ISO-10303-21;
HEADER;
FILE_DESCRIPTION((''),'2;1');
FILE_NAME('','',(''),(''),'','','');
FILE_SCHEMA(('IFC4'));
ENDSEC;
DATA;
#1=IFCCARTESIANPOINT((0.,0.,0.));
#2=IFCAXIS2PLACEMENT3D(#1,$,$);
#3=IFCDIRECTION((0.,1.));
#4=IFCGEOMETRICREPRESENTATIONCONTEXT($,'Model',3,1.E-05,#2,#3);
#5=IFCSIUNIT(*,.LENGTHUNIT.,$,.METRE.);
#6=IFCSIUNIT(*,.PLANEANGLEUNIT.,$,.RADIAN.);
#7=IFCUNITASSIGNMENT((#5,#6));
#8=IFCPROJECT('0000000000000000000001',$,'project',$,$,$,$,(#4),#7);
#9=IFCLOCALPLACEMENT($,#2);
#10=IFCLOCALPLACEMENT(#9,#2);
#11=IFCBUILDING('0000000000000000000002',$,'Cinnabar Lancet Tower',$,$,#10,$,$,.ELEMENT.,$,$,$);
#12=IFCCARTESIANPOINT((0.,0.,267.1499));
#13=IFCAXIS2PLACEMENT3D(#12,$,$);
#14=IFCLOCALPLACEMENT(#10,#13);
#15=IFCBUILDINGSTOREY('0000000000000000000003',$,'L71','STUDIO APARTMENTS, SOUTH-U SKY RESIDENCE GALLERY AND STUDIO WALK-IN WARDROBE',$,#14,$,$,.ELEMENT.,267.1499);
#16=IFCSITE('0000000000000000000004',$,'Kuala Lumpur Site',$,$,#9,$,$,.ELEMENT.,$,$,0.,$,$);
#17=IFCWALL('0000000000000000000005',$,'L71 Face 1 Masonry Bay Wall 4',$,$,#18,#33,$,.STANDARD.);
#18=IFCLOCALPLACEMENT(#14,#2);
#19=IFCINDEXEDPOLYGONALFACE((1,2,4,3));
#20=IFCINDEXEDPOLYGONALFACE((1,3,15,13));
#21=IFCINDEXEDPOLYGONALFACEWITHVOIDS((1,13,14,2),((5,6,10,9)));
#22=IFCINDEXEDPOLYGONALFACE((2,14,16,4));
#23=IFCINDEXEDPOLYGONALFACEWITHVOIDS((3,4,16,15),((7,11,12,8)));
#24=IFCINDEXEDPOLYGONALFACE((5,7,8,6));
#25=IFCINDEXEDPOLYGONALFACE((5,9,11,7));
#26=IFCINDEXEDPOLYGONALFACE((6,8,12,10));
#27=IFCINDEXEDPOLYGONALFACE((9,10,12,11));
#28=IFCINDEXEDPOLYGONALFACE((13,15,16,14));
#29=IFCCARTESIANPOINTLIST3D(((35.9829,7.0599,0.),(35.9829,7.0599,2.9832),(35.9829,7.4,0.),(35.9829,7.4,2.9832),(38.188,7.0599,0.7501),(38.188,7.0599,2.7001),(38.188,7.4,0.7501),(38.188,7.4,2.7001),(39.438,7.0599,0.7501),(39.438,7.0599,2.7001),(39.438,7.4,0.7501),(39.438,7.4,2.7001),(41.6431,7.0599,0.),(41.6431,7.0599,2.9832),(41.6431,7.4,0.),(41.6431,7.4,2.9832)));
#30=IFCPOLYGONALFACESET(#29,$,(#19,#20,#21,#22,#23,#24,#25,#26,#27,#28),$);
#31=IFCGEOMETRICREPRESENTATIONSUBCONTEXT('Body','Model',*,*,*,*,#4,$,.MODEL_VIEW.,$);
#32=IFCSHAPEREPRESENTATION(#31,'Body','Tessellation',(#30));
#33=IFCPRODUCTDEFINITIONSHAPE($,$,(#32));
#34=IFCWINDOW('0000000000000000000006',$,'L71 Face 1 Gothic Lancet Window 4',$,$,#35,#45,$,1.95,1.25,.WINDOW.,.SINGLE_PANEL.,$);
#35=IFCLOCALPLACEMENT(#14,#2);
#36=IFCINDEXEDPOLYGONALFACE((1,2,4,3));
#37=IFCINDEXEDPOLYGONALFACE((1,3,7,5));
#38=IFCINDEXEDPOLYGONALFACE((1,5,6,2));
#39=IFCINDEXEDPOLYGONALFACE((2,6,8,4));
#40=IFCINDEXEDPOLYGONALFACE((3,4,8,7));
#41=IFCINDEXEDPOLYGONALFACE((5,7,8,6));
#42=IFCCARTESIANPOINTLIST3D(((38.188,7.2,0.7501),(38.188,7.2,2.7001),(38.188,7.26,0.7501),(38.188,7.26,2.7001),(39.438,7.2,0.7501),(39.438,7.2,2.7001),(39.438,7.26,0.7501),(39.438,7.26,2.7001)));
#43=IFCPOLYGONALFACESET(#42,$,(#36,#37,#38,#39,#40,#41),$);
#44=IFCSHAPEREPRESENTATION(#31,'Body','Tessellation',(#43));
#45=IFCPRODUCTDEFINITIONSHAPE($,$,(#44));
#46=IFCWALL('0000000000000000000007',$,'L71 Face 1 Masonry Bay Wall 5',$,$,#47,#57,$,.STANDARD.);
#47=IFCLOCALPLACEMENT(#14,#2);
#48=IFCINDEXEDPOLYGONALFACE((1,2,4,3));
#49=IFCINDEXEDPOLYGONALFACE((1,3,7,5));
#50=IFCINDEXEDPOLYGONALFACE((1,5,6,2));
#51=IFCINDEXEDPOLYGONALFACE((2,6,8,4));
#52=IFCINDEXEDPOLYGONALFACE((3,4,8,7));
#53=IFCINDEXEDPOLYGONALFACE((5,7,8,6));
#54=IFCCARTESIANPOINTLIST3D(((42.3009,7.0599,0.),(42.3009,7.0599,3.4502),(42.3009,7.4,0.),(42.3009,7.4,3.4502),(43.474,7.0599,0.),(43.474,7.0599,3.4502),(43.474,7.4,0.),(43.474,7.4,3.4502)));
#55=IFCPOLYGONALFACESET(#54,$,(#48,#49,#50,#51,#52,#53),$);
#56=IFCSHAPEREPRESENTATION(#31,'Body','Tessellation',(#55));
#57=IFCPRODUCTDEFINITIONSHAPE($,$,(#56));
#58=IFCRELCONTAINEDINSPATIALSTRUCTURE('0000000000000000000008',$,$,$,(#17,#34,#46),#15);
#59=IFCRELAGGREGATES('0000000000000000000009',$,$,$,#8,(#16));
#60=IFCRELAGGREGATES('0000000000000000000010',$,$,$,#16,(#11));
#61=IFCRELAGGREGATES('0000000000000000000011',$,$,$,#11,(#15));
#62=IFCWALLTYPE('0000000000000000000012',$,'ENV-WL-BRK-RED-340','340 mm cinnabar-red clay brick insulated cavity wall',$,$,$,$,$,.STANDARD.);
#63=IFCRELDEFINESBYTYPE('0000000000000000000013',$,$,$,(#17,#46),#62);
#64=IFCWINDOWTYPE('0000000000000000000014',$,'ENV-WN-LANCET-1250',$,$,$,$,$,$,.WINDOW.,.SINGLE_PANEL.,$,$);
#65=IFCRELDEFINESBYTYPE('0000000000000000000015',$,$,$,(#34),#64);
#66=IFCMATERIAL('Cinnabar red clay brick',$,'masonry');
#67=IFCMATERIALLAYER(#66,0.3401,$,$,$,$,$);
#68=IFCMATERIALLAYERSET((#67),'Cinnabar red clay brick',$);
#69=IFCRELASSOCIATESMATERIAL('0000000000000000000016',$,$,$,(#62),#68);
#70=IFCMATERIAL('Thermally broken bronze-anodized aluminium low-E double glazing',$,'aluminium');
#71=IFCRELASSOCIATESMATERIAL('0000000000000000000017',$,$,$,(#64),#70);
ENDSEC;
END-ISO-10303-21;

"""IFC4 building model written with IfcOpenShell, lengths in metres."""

from ifc_helpers import new_model, si_unit, direction, frame, frame_2d, origin, place, context, subcontext, project, spatial, rectangle, extrude, material, layer, layer_set, type_object, element, fill, save


model = new_model("IFC4")

# Units and contexts
model_context = context("Model", 3, precision=1e-05, world=origin(), true_north=direction((0.0, 1.0)))
body_context = subcontext(model_context, "Body", "Model", "MODEL_VIEW")
ifc_project = project(units=[si_unit("LENGTHUNIT", "METRE"), si_unit("PLANEANGLEUNIT", "RADIAN")], contexts=[model_context])

# Site, building, storey
site_placement = place(None, origin())
site = spatial("IfcSite", under=ifc_project, at=site_placement, Name="Kuala Lumpur Site", CompositionType="ELEMENT", RefElevation=0.0)
building_placement = place(site_placement, origin())
building = spatial("IfcBuilding", under=site, at=building_placement, Name="Cinnabar Lancet Tower", CompositionType="ELEMENT")
storey_placement = place(building_placement, frame((0.0, 0.0, 267.1499)))
storey = spatial("IfcBuildingStorey", under=building, at=storey_placement, Name="L71", Description="STUDIO APARTMENTS, SOUTH-U SKY RESIDENCE GALLERY AND STUDIO WALK-IN WARDROBE", CompositionType="ELEMENT", Elevation=267.1499)

# Shared definitions
ifc_material_1 = material(Name="Cinnabar red clay brick", Category="masonry")
ifc_layer_1 = layer(ifc_material_1, 0.3401)
ifc_layer_set_1 = layer_set([ifc_layer_1], Name="Cinnabar red clay brick")
wall_type_1 = type_object("IfcWallType", Name="ENV-WL-BRK-RED-340", Description="340 mm cinnabar-red clay brick insulated cavity wall", PredefinedType="STANDARD", material=ifc_layer_set_1)

# Wall, opening, window
wall_1_placement = place(storey_placement, frame((35.9829, 7.23, 0.0), z_axis=(0.0, 0.0, 1.0), x_axis=(1.0, 0.0, 0.0)))
wall_1 = element("IfcWall", 1, at=wall_1_placement, inside=storey, type_object=wall_type_1, Name="L71 Face 1 Masonry Bay Wall 4", PredefinedType="STANDARD", context=body_context, shape_type="SweptSolid", body=[
    extrude(rectangle(XDim=5.6602, YDim=0.3401, at=frame_2d((2.8301, 0.0))), origin(), (0.0, 0.0, 1.0), 2.9832),
])
opening_placement = place(wall_1_placement, frame((2.2051, 0.0, 0.75)))
opening = element("IfcOpeningElement", 2, at=opening_placement, cuts=wall_1, PredefinedType="OPENING", context=body_context, shape_type="SweptSolid", body=[
    extrude(rectangle(XDim=1.25, YDim=1.95, at=frame_2d((0.625, 0.9751))), frame((0.0, 0.1799, 0.0), z_axis=(0.0, -1.0, 0.0), x_axis=(1.0, 0.0, 0.0)), (0.0, 0.0, 1.0), 0.3601),
])
ifc_material_2 = material(Name="Thermally broken bronze-anodized aluminium low-E double glazing", Category="aluminium")
window_type = type_object("IfcWindowType", Name="ENV-WN-LANCET-1250", PartitioningType="SINGLE_PANEL", PredefinedType="WINDOW", material=ifc_material_2)
window_placement = place(opening_placement, origin())
window = element("IfcWindow", 3, at=window_placement, inside=storey, type_object=window_type, Name="L71 Face 1 Gothic Lancet Window 4", OverallHeight=1.95, OverallWidth=1.25, PartitioningType="SINGLE_PANEL", PredefinedType="WINDOW", context=body_context, shape_type="SweptSolid", body=[
    extrude(rectangle(XDim=1.25, YDim=1.95, at=frame_2d((0.625, 0.9751))), frame((0.0, 0.03, 0.0), z_axis=(0.0, -1.0, 0.0), x_axis=(1.0, 0.0, 0.0)), (0.0, 0.0, 1.0), 0.0601),
])
fill(opening, window)

# Wall
wall_2_placement = place(storey_placement, frame((42.301, 7.23, 0.0), z_axis=(0.0, 0.0, 1.0), x_axis=(1.0, 0.0, 0.0)))
element("IfcWall", 4, at=wall_2_placement, inside=storey, type_object=wall_type_1, Name="L71 Face 1 Masonry Bay Wall 5", PredefinedType="STANDARD", context=body_context, shape_type="SweptSolid", body=[
    extrude(rectangle(XDim=1.1731, YDim=0.3401, at=frame_2d((0.5864, 0.0))), origin(), (0.0, 0.0, 1.0), 3.4502),
])

save(model, "model.ifc")
